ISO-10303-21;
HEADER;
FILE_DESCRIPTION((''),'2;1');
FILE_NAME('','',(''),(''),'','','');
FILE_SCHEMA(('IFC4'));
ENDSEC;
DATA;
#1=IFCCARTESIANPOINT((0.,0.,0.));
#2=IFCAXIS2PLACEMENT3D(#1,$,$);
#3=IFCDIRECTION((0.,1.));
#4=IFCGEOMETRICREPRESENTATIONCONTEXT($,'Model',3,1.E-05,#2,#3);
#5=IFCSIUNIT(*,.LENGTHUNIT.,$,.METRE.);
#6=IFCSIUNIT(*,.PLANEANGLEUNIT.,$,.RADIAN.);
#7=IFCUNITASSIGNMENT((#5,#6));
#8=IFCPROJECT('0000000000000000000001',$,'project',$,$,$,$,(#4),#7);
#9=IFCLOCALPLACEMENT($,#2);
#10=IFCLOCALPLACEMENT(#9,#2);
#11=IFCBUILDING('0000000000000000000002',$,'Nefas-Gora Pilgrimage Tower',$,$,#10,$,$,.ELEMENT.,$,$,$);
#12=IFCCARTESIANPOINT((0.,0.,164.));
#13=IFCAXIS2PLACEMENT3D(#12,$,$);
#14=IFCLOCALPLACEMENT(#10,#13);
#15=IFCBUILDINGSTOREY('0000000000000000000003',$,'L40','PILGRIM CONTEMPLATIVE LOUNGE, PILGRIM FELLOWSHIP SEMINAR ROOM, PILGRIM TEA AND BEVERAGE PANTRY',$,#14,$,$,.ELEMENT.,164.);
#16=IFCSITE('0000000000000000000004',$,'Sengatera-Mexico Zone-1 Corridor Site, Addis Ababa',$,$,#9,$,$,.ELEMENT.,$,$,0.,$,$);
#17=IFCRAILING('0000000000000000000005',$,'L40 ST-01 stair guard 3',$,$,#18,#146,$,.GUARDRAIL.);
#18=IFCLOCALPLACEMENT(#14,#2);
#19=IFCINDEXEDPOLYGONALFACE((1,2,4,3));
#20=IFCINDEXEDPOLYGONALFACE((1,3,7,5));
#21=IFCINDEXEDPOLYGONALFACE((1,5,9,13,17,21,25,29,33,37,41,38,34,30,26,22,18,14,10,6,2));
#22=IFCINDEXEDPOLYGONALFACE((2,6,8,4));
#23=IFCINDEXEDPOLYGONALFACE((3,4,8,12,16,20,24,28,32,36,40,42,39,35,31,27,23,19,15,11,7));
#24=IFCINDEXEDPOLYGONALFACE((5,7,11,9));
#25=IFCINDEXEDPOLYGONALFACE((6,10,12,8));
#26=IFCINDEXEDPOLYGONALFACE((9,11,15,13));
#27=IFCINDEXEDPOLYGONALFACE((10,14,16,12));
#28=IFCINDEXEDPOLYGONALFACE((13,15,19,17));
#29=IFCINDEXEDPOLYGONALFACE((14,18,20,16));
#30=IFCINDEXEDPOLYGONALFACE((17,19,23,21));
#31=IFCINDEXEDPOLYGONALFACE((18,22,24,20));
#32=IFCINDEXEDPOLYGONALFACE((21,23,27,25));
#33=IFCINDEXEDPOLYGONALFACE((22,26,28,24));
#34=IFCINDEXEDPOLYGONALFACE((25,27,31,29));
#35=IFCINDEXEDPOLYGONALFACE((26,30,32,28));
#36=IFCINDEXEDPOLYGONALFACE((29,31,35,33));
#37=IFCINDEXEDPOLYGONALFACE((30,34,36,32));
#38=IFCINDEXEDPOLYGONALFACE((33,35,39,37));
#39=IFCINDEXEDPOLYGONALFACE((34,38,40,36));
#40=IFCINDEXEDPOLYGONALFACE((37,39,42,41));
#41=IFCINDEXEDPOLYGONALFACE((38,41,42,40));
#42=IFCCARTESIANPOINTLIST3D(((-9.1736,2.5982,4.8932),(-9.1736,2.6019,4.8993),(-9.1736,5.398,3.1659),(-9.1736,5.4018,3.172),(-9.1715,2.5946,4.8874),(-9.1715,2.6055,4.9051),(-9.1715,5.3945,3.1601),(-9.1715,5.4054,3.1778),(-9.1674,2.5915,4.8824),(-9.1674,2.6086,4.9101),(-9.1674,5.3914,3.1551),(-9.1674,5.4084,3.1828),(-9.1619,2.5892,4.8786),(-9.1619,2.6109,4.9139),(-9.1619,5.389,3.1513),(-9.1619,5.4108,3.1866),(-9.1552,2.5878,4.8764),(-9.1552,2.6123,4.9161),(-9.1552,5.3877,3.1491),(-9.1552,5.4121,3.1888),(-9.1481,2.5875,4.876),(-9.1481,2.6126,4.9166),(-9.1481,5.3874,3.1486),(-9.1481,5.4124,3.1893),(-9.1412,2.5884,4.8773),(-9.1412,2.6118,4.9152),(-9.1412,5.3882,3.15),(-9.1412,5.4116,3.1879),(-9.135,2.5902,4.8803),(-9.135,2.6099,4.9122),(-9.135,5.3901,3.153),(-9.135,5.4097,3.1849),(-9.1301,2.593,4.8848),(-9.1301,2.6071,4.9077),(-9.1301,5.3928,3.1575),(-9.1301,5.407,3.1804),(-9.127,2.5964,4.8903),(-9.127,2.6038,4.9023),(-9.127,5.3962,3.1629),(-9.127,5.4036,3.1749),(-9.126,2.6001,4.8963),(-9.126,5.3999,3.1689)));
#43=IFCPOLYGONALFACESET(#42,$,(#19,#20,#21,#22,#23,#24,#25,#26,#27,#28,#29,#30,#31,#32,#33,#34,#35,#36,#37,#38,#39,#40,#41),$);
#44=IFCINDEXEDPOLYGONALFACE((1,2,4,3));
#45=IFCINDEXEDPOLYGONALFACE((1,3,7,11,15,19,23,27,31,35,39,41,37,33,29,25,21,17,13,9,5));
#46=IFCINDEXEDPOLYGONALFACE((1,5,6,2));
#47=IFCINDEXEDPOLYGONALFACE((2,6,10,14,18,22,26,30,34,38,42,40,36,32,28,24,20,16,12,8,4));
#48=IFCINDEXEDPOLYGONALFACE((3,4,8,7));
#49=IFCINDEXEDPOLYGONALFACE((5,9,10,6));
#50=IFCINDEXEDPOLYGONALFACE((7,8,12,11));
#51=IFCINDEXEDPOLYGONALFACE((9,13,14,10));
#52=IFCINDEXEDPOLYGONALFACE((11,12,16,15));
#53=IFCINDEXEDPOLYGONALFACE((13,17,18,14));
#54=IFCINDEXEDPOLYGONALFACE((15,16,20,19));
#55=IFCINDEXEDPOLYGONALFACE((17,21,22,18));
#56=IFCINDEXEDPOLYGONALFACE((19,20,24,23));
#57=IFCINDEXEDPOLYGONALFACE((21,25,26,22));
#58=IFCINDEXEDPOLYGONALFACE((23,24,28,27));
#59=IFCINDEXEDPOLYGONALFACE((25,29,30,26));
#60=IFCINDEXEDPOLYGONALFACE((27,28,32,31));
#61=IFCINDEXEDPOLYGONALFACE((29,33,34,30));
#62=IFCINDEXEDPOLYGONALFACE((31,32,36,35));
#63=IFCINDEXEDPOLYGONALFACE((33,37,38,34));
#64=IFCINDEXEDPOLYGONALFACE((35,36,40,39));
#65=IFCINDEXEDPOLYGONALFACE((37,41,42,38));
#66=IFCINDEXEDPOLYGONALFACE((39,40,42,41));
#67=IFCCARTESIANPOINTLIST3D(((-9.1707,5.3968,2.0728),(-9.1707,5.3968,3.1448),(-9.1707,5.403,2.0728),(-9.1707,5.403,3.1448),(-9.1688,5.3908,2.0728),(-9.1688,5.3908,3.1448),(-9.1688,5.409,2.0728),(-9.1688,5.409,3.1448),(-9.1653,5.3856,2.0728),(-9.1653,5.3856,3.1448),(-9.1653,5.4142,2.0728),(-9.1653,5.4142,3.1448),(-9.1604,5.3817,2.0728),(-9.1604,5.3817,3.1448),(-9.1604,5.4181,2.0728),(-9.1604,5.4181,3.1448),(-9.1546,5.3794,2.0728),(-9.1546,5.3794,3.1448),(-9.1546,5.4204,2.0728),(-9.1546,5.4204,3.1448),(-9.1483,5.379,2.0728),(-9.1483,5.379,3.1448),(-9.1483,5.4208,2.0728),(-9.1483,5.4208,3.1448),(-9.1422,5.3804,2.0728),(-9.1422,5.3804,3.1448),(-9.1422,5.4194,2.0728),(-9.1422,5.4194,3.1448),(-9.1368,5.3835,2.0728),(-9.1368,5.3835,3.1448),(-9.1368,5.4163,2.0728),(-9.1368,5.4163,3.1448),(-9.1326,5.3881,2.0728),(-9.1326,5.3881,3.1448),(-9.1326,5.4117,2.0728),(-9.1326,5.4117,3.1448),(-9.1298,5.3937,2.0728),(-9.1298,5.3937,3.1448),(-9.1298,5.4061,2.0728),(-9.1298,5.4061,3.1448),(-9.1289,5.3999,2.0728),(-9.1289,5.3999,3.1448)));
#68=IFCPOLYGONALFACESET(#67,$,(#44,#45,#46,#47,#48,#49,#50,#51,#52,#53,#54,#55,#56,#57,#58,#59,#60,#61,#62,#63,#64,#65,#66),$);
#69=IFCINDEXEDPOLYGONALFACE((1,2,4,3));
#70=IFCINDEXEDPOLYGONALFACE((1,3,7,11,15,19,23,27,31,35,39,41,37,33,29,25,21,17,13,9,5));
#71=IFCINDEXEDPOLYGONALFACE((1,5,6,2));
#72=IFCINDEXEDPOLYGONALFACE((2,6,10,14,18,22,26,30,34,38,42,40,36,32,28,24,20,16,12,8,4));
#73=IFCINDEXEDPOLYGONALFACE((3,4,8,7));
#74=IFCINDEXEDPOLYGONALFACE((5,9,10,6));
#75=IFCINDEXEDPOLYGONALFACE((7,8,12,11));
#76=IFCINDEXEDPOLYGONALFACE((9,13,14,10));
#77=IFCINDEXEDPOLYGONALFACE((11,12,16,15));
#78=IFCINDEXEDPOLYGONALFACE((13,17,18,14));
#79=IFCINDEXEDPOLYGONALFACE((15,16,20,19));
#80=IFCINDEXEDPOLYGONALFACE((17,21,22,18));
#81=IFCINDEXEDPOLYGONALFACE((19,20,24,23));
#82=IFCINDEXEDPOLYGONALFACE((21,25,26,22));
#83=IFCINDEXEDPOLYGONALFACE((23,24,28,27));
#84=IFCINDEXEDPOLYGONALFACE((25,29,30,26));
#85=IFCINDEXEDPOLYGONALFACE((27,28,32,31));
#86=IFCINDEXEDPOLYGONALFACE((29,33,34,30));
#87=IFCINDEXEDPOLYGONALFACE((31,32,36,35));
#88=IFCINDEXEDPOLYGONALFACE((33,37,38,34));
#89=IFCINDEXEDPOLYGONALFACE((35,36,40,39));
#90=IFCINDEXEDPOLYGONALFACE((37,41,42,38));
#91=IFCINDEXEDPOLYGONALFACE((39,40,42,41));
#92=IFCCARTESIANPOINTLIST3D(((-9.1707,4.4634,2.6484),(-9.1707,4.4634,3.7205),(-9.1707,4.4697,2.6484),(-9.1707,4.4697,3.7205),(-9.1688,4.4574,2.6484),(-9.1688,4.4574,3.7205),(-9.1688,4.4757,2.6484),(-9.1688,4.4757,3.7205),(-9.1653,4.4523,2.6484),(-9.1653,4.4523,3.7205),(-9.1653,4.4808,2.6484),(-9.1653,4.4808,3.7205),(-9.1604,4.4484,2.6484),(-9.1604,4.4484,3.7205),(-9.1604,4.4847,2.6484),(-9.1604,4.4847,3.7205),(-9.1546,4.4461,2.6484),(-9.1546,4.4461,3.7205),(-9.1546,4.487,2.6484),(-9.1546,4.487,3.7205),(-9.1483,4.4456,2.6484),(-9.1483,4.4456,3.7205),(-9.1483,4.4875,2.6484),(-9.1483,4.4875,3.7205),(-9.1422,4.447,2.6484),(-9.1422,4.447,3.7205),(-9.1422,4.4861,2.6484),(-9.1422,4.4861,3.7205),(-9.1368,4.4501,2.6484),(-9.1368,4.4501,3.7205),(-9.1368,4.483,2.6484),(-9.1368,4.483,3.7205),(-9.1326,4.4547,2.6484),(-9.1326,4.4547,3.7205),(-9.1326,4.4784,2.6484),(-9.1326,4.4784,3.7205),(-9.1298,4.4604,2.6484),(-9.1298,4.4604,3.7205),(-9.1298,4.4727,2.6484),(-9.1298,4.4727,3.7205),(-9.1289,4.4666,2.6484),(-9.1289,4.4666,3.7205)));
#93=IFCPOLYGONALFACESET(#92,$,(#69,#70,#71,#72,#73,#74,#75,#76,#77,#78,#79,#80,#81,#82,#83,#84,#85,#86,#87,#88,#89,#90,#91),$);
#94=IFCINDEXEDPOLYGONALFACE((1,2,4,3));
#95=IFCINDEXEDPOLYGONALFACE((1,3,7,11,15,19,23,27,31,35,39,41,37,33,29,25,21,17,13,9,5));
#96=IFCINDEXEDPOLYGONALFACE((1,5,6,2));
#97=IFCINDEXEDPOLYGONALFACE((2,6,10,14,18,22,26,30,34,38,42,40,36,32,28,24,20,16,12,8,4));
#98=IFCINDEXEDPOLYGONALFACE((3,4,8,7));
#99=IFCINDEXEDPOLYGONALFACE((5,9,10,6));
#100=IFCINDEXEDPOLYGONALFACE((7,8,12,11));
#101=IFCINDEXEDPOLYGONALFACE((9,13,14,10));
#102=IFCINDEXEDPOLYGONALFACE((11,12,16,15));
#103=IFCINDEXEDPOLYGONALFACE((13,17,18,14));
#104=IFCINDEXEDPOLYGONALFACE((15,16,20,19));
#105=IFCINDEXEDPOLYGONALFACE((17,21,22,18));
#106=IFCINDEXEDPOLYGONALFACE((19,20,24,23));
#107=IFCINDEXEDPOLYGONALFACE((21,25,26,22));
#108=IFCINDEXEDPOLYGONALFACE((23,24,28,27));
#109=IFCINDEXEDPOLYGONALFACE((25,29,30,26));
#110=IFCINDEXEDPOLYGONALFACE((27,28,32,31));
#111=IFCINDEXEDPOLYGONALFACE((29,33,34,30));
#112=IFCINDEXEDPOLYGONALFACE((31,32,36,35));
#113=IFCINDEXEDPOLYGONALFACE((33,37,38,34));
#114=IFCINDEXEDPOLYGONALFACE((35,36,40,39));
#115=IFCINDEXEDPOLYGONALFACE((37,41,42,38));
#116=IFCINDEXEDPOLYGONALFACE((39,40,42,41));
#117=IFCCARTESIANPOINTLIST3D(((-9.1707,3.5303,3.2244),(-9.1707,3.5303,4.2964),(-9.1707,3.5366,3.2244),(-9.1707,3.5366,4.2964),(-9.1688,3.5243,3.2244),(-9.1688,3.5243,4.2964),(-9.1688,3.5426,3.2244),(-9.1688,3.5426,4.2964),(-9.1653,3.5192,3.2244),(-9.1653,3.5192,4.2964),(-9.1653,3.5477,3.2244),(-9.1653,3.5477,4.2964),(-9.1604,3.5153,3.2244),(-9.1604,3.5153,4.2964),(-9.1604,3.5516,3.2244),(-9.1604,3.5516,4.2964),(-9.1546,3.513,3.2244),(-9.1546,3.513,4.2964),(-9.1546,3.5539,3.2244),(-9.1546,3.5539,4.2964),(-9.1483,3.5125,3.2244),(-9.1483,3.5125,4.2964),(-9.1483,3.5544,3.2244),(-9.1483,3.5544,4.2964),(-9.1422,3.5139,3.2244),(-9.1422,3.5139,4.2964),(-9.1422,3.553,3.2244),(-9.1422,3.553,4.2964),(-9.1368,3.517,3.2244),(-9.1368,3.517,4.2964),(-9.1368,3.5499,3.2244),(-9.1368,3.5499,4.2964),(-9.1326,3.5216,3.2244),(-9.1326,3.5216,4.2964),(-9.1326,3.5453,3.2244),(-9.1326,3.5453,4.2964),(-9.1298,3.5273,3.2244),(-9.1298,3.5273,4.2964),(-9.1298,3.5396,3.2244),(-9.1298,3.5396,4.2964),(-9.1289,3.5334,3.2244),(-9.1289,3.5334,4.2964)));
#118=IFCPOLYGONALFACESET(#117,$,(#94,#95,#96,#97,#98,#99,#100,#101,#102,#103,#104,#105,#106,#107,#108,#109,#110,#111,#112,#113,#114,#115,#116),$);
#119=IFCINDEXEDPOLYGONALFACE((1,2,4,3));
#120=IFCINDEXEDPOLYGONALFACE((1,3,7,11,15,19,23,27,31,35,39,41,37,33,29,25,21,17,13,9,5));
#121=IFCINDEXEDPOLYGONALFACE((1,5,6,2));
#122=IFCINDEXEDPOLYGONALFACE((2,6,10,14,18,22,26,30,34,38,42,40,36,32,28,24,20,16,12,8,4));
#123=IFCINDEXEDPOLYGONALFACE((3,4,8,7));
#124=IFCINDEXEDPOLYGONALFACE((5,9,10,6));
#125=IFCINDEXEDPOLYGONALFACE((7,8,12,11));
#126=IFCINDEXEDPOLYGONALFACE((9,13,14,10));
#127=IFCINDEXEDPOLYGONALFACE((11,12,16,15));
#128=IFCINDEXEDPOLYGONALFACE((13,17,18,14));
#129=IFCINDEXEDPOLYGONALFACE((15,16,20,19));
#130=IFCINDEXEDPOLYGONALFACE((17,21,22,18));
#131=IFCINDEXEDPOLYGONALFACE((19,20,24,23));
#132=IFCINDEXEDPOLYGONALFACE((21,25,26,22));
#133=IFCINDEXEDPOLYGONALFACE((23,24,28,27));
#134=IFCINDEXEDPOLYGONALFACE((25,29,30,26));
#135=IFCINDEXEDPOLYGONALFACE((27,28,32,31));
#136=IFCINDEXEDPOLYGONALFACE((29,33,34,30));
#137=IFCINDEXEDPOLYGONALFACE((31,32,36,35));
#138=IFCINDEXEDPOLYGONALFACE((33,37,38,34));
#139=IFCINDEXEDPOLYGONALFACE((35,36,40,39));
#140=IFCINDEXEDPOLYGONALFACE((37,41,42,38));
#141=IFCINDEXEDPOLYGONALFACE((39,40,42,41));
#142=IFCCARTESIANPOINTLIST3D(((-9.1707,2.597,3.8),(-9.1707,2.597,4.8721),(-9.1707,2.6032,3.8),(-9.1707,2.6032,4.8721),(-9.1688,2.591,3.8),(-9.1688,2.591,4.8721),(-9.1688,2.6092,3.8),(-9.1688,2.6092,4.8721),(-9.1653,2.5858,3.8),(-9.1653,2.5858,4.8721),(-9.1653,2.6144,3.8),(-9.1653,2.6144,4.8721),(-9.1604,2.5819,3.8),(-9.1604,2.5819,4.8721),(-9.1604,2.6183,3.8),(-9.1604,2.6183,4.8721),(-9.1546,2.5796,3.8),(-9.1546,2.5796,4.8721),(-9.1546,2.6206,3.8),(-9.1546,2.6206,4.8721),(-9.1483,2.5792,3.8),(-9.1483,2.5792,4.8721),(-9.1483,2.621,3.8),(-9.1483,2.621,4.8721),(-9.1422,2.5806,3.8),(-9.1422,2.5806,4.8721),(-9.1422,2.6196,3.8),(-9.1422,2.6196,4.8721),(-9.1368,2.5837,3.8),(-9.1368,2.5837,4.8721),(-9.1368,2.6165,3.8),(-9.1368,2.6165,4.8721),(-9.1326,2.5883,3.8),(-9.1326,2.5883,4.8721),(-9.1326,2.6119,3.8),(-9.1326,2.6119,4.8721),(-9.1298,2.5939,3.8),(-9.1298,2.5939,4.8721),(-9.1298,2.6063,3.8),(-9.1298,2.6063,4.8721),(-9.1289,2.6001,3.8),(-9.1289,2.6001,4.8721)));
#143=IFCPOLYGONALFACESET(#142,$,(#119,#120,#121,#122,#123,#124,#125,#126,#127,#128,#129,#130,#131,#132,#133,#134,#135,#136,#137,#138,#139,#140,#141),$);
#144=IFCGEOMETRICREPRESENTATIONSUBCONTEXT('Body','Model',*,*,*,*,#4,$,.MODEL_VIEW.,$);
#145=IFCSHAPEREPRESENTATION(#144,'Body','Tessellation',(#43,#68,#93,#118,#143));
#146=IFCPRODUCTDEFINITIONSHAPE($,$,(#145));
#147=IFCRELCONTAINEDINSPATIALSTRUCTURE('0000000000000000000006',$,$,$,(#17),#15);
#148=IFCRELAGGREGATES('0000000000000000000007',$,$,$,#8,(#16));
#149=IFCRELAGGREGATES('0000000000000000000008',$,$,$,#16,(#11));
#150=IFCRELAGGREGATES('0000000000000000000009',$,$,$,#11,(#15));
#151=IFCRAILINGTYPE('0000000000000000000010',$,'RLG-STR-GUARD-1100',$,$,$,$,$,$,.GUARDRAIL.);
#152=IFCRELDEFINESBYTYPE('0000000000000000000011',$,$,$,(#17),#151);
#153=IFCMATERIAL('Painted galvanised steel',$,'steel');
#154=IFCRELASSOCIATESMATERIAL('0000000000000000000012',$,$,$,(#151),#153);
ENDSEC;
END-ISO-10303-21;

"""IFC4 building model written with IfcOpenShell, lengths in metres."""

from ifc_helpers import new_model, si_unit, direction, frame, origin, origin_2d, place, context, subcontext, project, spatial, circle, extrude, material, type_object, element, save


model = new_model("IFC4")

# Units and contexts
model_context = context("Model", 3, precision=1e-05, world=origin(), true_north=direction((0.0, 1.0)))
body_context = subcontext(model_context, "Body", "Model", "MODEL_VIEW")
ifc_project = project(units=[si_unit("LENGTHUNIT", "METRE"), si_unit("PLANEANGLEUNIT", "RADIAN")], contexts=[model_context])

# Site, building, storey
site_placement = place(None, origin())
site = spatial("IfcSite", under=ifc_project, at=site_placement, Name="Sengatera-Mexico Zone-1 Corridor Site, Addis Ababa", CompositionType="ELEMENT", RefElevation=0.0)
building_placement = place(site_placement, origin())
building = spatial("IfcBuilding", under=site, at=building_placement, Name="Nefas-Gora Pilgrimage Tower", CompositionType="ELEMENT")
storey_placement = place(building_placement, frame((0.0, 0.0, 164.0)))
storey = spatial("IfcBuildingStorey", under=building, at=storey_placement, Name="L40", Description="PILGRIM CONTEMPLATIVE LOUNGE, PILGRIM FELLOWSHIP SEMINAR ROOM, PILGRIM TEA AND BEVERAGE PANTRY", CompositionType="ELEMENT", Elevation=164.0)

# Railing
ifc_material_1 = material(Name="Painted galvanised steel", Category="steel")
railing_type_1 = type_object("IfcRailingType", Name="RLG-STR-GUARD-1100", PredefinedType="GUARDRAIL", material=ifc_material_1)
railing_1_placement = place(storey_placement, frame((-9.1499, 5.3999, 2.0728)))
element("IfcRailing", 1, at=railing_1_placement, inside=storey, type_object=railing_type_1, Name="L40 ST-01 stair guard 3", PredefinedType="GUARDRAIL", context=body_context, shape_type="SweptSolid", body=[
    extrude(circle(Radius=0.0239, at=origin_2d()), frame((0.0, 0.0, 1.0962), z_axis=(0.0, -0.851069, 0.525054), x_axis=(1.0, 0.0, 0.0)), (0.0, 0.0, 1.0), 3.2898),
    extrude(circle(Radius=0.021, at=origin_2d()), origin(), (0.0, 0.0, 1.0), 1.072),
    extrude(circle(Radius=0.021, at=origin_2d()), frame((0.0, -0.9333, 0.5757)), (0.0, 0.0, 1.0), 1.072),
    extrude(circle(Radius=0.021, at=origin_2d()), frame((0.0, -1.8665, 1.1516)), (0.0, 0.0, 1.0), 1.072),
    extrude(circle(Radius=0.021, at=origin_2d()), frame((0.0, -2.7998, 1.7273)), (0.0, 0.0, 1.0), 1.072),
])

save(model, "model.ifc")
